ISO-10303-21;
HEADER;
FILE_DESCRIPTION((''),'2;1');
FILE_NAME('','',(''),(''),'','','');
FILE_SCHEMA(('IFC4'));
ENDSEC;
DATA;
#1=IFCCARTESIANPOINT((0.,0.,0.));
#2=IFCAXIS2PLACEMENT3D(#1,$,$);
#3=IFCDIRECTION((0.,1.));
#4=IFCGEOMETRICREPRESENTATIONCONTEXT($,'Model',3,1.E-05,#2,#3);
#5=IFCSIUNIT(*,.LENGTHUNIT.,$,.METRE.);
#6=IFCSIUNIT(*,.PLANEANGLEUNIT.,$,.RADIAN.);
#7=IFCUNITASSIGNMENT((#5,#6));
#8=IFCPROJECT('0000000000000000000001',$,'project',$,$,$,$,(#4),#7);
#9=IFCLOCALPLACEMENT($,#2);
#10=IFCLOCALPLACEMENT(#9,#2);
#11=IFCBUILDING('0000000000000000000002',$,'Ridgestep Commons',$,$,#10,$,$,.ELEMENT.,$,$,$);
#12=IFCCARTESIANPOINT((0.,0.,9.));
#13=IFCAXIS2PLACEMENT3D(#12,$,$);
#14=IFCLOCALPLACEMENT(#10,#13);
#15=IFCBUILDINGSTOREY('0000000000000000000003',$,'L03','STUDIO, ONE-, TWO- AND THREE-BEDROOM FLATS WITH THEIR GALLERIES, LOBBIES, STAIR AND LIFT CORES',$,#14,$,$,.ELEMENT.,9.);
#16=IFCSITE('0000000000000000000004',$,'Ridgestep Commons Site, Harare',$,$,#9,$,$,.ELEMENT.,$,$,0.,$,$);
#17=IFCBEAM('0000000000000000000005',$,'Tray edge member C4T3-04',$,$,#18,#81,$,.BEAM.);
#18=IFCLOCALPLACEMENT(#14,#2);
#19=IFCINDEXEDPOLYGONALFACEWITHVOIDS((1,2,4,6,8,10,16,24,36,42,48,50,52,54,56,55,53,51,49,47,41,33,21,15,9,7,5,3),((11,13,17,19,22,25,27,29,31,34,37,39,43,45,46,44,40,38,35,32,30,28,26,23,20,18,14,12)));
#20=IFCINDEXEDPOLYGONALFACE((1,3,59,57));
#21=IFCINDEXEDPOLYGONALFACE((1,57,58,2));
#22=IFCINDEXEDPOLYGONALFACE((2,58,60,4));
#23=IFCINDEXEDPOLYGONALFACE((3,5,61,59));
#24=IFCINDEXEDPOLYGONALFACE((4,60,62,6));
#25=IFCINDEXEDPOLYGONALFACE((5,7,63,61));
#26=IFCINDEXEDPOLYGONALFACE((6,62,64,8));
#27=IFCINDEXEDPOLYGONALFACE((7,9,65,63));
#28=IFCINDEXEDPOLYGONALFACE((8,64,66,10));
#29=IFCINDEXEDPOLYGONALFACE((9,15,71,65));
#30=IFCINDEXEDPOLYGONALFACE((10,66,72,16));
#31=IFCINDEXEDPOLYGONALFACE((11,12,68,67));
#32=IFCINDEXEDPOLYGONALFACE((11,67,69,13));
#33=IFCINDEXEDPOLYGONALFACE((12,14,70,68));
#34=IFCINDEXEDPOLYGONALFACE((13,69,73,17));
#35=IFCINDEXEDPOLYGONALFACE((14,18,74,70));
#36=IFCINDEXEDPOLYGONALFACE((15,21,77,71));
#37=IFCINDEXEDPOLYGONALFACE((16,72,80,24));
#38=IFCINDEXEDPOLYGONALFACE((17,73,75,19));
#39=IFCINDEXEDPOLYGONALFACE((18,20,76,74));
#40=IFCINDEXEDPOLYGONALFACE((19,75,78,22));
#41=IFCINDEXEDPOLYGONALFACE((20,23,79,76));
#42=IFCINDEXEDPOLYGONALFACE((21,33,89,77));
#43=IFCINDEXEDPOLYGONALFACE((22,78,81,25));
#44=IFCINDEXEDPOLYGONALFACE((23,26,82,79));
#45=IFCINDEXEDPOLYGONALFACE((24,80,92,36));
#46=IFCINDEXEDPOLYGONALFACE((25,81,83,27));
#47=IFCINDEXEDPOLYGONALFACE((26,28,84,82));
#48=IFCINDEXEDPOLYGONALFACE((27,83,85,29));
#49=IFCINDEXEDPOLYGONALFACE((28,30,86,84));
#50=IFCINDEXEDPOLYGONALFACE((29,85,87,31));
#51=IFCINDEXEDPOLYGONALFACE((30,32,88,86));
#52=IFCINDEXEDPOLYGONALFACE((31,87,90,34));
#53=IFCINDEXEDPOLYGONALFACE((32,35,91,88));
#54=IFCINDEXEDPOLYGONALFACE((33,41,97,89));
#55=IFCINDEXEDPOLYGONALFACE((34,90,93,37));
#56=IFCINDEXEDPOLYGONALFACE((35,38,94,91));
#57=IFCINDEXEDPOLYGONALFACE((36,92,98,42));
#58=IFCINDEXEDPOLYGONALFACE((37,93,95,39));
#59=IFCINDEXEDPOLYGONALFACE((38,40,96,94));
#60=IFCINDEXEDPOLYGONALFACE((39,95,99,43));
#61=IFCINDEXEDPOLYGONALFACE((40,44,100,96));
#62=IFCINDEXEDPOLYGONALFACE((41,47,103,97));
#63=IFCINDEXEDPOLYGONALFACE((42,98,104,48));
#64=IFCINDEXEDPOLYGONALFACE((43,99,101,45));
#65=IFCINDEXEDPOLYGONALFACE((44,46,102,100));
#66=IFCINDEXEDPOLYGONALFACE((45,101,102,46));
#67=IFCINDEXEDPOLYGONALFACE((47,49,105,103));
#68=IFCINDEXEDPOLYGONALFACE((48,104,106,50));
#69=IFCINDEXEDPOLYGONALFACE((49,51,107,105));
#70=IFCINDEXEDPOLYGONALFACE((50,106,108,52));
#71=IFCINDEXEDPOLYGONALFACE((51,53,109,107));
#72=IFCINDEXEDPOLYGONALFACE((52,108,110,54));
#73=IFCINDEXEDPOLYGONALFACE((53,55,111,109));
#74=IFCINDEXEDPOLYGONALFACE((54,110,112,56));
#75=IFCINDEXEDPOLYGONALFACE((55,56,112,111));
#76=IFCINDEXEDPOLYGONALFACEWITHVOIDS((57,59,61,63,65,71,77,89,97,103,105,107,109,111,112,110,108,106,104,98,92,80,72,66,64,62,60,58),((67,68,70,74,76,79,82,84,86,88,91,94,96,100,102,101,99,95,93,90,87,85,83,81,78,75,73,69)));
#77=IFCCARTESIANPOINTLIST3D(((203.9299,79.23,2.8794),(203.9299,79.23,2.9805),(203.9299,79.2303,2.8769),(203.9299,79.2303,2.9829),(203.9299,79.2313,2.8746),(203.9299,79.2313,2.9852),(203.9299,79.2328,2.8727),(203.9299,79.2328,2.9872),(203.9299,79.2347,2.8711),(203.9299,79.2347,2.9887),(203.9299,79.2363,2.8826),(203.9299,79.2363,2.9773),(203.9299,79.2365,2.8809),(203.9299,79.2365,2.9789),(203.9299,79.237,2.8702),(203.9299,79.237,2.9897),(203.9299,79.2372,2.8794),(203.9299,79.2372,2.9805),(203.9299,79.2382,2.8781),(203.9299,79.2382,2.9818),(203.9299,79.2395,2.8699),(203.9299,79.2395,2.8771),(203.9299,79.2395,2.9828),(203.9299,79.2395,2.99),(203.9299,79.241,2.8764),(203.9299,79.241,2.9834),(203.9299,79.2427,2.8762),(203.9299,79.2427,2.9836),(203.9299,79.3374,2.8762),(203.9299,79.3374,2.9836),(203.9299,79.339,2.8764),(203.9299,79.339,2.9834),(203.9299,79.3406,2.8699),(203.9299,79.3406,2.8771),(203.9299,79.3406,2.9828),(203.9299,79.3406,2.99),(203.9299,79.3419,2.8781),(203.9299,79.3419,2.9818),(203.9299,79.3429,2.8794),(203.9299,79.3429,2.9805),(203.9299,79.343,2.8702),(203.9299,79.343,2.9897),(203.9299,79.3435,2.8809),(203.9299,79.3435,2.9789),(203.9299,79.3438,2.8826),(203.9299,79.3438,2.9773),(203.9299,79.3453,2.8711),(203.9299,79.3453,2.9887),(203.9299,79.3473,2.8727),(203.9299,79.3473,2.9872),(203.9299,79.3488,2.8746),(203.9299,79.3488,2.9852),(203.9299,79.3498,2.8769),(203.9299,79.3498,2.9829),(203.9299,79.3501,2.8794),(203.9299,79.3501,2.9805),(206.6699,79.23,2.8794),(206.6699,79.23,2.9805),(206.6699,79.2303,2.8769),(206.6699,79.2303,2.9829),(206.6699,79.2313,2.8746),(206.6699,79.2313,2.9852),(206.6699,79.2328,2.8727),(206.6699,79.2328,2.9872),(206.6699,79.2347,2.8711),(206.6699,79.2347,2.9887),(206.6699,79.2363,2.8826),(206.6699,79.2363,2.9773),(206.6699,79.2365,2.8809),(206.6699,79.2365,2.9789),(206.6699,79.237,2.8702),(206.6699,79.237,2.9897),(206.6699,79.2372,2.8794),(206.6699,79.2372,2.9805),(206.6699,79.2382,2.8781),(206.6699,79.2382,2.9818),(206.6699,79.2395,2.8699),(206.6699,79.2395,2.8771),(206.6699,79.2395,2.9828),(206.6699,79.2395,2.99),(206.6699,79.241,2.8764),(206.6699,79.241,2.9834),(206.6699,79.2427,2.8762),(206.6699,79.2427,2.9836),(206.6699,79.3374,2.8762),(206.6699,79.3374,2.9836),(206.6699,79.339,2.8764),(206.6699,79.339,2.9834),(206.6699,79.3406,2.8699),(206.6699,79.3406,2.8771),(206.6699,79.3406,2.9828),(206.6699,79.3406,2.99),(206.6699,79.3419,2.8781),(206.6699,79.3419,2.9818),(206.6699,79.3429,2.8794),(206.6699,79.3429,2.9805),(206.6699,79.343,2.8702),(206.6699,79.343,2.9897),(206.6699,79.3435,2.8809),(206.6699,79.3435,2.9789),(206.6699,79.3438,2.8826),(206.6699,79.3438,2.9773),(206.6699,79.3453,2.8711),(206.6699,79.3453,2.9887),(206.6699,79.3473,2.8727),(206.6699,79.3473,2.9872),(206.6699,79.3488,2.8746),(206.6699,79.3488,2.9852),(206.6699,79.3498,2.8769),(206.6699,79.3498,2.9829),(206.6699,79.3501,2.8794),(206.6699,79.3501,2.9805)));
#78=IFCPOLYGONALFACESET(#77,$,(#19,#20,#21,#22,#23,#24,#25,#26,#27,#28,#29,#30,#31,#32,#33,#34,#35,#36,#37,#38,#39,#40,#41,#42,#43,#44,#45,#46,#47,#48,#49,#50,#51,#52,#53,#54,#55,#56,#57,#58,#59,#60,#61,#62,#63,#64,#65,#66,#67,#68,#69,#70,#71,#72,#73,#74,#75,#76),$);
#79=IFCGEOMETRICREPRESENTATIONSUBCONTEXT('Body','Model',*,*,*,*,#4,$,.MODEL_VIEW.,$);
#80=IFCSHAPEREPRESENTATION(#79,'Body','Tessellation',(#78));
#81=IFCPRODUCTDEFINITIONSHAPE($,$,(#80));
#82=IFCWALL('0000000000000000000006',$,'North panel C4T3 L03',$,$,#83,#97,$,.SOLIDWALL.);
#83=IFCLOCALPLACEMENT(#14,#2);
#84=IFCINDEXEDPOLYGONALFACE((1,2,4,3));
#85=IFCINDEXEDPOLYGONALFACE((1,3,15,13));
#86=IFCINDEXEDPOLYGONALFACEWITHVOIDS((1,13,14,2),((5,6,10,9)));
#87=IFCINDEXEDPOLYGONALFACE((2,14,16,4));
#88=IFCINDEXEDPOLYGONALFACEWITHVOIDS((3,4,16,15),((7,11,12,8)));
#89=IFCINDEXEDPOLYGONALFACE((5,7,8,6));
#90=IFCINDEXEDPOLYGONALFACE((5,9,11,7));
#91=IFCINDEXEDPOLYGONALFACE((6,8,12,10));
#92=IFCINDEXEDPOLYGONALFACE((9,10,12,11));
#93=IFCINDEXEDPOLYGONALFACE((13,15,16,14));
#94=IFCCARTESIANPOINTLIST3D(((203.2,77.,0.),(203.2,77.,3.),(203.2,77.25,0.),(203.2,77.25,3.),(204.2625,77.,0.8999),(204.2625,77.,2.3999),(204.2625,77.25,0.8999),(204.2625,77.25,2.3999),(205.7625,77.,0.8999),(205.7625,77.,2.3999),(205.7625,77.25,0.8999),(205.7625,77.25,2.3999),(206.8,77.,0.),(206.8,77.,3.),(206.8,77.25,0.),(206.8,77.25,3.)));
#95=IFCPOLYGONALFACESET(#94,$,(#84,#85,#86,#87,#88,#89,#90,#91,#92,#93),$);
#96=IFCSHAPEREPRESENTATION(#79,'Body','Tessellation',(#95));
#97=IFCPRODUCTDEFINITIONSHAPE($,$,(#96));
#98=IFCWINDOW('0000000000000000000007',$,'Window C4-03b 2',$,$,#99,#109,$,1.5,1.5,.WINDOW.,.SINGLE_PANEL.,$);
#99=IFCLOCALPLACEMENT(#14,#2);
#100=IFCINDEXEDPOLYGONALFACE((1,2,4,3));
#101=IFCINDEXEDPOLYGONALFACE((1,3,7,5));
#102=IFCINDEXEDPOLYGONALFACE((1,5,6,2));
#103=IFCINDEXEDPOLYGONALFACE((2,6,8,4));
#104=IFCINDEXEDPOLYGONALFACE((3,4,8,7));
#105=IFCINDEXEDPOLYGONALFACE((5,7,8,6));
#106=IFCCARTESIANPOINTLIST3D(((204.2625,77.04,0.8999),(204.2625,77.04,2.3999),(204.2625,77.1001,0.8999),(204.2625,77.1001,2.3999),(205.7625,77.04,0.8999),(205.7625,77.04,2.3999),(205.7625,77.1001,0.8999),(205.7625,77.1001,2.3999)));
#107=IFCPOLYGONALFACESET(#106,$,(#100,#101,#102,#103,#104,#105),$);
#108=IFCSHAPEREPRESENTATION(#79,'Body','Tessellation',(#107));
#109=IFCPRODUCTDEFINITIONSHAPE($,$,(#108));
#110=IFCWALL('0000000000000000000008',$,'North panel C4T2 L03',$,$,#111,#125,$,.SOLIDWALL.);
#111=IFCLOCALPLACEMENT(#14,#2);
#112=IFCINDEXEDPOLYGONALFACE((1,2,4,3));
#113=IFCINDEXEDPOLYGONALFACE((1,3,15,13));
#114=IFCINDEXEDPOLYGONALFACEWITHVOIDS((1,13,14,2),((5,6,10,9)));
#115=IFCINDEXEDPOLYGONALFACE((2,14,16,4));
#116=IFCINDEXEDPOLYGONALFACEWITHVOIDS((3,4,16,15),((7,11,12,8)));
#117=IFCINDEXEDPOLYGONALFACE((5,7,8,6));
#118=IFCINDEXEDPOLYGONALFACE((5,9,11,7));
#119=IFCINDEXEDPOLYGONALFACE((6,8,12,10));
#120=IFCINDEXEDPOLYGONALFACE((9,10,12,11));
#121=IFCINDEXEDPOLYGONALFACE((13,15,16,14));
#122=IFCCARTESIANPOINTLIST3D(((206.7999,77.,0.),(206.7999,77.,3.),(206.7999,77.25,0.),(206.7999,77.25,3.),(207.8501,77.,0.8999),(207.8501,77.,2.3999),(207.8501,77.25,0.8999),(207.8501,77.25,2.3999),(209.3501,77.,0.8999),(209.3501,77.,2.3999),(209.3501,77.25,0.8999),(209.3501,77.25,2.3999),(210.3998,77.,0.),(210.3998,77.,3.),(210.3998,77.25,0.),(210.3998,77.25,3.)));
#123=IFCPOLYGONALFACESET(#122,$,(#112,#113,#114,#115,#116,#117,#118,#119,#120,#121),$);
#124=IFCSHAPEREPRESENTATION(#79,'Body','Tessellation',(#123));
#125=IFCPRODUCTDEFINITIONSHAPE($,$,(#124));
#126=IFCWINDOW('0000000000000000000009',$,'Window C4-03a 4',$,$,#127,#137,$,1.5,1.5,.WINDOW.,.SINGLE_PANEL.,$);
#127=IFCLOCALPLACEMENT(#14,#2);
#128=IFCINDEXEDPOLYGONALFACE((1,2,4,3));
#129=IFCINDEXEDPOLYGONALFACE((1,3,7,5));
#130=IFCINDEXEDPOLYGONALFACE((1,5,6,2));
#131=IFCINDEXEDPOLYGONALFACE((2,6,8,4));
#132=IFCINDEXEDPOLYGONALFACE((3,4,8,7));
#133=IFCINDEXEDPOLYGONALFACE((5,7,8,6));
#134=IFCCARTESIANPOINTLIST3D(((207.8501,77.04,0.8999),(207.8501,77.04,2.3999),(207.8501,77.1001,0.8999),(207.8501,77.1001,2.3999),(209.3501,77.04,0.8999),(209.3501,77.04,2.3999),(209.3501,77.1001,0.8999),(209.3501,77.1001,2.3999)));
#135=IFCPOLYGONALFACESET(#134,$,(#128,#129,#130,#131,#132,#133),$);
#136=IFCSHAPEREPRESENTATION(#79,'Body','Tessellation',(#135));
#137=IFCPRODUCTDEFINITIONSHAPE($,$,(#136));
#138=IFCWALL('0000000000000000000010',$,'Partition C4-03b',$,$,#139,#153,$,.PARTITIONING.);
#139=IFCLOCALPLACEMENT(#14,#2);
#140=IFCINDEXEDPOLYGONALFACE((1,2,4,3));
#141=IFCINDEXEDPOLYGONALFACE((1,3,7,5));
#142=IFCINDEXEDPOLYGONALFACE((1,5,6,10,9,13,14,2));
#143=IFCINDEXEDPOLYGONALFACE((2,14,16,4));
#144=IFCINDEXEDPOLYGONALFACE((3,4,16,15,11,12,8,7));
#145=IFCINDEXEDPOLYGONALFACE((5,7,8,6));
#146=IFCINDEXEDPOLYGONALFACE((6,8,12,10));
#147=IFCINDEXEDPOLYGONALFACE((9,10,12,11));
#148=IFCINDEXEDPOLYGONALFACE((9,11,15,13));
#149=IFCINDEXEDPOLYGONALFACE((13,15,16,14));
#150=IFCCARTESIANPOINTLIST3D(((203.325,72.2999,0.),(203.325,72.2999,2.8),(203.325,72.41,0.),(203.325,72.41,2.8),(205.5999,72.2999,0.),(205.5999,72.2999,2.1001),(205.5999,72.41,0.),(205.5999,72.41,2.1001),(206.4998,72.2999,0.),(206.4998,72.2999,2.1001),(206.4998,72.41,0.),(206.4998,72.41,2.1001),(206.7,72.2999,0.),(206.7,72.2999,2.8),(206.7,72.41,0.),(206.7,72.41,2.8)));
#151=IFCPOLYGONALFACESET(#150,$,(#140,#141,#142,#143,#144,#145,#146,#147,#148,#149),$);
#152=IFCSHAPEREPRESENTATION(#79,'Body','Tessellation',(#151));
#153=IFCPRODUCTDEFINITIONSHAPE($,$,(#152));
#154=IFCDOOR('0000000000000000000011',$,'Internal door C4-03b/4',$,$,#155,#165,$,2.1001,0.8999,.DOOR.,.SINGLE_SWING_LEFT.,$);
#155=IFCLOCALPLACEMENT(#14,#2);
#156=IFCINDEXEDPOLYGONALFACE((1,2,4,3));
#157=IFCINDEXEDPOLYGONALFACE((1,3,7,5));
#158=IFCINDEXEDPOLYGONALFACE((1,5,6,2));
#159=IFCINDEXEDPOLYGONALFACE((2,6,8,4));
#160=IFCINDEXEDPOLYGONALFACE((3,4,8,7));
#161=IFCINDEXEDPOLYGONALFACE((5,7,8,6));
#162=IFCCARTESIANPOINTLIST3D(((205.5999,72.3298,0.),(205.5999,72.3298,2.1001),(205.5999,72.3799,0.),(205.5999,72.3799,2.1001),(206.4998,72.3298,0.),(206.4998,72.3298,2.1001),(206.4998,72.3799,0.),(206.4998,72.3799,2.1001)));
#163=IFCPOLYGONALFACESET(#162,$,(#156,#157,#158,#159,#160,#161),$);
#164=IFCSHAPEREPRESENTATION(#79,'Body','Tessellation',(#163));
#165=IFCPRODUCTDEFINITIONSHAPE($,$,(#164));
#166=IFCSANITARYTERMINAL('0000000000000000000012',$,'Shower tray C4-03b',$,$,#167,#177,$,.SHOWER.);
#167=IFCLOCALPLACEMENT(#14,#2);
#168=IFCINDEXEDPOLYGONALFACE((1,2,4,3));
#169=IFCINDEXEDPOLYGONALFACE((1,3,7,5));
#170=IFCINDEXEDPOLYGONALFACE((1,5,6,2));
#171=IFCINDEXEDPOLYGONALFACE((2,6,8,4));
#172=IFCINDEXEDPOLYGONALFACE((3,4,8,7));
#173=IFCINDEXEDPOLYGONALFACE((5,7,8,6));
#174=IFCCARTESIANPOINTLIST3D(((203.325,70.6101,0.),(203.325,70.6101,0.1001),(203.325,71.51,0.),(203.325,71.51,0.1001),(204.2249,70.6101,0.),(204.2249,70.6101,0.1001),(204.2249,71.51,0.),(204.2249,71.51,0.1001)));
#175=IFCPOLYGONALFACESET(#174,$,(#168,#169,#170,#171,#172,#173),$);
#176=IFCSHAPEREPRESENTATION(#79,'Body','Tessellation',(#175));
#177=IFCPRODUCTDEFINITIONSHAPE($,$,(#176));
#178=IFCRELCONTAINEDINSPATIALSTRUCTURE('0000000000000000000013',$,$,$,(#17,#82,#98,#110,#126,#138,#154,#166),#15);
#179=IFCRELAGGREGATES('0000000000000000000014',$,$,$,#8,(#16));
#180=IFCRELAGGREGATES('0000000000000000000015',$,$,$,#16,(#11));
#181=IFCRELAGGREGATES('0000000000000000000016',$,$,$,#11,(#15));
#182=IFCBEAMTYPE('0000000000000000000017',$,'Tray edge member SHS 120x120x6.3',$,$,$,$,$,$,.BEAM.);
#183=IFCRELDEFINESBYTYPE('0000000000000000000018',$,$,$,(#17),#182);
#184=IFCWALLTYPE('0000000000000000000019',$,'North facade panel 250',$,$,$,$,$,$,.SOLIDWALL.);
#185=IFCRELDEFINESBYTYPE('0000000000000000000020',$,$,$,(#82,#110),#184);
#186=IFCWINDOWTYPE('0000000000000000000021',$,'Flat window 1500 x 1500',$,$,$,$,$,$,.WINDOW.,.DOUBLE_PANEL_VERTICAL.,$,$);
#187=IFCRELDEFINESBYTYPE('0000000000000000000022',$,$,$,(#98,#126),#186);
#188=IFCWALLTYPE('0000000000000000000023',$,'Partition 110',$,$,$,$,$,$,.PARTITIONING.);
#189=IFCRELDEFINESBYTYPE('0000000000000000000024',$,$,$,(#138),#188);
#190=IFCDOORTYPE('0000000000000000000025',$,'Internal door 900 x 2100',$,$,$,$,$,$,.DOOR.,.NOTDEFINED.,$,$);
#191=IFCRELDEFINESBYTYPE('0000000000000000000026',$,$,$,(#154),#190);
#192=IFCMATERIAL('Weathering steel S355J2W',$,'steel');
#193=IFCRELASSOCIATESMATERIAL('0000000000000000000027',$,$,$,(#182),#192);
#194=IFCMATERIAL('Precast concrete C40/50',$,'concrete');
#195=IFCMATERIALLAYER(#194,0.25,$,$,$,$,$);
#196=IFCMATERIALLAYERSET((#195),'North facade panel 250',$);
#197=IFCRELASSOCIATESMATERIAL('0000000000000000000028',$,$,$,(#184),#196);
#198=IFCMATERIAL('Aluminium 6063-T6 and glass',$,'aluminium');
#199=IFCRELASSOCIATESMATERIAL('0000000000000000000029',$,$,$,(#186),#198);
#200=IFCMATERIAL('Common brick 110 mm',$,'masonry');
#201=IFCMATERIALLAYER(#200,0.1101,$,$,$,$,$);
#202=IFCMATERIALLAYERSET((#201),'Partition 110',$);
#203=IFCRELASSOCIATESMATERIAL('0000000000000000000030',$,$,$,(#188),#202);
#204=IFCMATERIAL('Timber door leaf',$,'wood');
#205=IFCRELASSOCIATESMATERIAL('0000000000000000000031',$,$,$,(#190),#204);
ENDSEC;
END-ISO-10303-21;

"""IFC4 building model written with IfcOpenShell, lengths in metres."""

from ifc_helpers import new_model, si_unit, direction, frame, frame_2d, origin, origin_2d, place, context, subcontext, project, spatial, rectangle, hollow_rectangle, extrude, material, layer, layer_set, material_profile, profile_set, type_object, element, fill, save


model = new_model("IFC4")

# Units and contexts
model_context = context("Model", 3, precision=1e-05, world=origin(), true_north=direction((0.0, 1.0)))
body_context = subcontext(model_context, "Body", "Model", "MODEL_VIEW")
ifc_project = project(units=[si_unit("LENGTHUNIT", "METRE"), si_unit("PLANEANGLEUNIT", "RADIAN")], contexts=[model_context])

# Site, building, storey
site_placement = place(None, origin())
site = spatial("IfcSite", under=ifc_project, at=site_placement, Name="Ridgestep Commons Site, Harare", CompositionType="ELEMENT", RefElevation=0.0)
building_placement = place(site_placement, origin())
building = spatial("IfcBuilding", under=site, at=building_placement, Name="Ridgestep Commons", CompositionType="ELEMENT")
storey_placement = place(building_placement, frame((0.0, 0.0, 9.0)))
storey = spatial("IfcBuildingStorey", under=building, at=storey_placement, Name="L03", Description="STUDIO, ONE-, TWO- AND THREE-BEDROOM FLATS WITH THEIR GALLERIES, LOBBIES, STAIR AND LIFT CORES", CompositionType="ELEMENT", Elevation=9.0)

# Beam
ifc_material_1 = material(Name="Weathering steel S355J2W", Category="steel")
ifc_material_profile_1 = material_profile(ifc_material_1, hollow_rectangle(XDim=0.1201, YDim=0.1201, WallThickness=0.0063, InnerFilletRadius=0.0063, OuterFilletRadius=0.0095, at=origin_2d()), Name="SHS 120x120x6.3")
ifc_profile_set_1 = profile_set([ifc_material_profile_1], Name="Weathering steel S355J2W")
beam_type_1 = type_object("IfcBeamType", Name="Tray edge member SHS 120x120x6.3", PredefinedType="BEAM", material=ifc_profile_set_1)
beam_placement = place(storey_placement, frame((203.9299, 79.29, 2.9299), z_axis=(1.0, 0.0, 0.0), x_axis=(0.0, 0.0, 1.0)))
element("IfcBeam", 1, at=beam_placement, inside=storey, type_object=beam_type_1, Name="Tray edge member C4T3-04", PredefinedType="BEAM", context=body_context, shape_type="SweptSolid", body=[
    extrude(hollow_rectangle(XDim=0.1201, YDim=0.1201, WallThickness=0.0063, InnerFilletRadius=0.0063, OuterFilletRadius=0.0095, at=origin_2d()), origin(), (0.0, 0.0, 1.0), 2.74),
])

# Walls, openings, windows
ifc_material_2 = material(Name="Precast concrete C40/50", Category="concrete")
ifc_layer_1 = layer(ifc_material_2, 0.25)
ifc_layer_set_1 = layer_set([ifc_layer_1], Name="North facade panel 250")
wall_type_1 = type_object("IfcWallType", Name="North facade panel 250", PredefinedType="SOLIDWALL", material=ifc_layer_set_1)
wall_1_placement = place(storey_placement, frame((203.2, 77.125, 0.0), z_axis=(0.0, 0.0, 1.0), x_axis=(1.0, 0.0, 0.0)))
wall_1 = element("IfcWall", 2, at=wall_1_placement, inside=storey, type_object=wall_type_1, Name="North panel C4T3 L03", PredefinedType="SOLIDWALL", context=body_context, shape_type="SweptSolid", body=[
    extrude(rectangle(XDim=3.6001, YDim=0.25, at=frame_2d((1.8, 0.0))), origin(), (0.0, 0.0, 1.0), 3.0),
])
opening_1_placement = place(wall_1_placement, frame((1.0625, 0.0, 0.8999)))
opening_1 = element("IfcOpeningElement", 3, at=opening_1_placement, cuts=wall_1, PredefinedType="OPENING", context=body_context, shape_type="SweptSolid", body=[
    extrude(rectangle(XDim=1.5, YDim=1.5, at=frame_2d((0.75, 0.75))), frame((0.0, 0.135, 0.0), z_axis=(0.0, -1.0, 0.0), x_axis=(1.0, 0.0, 0.0)), (0.0, 0.0, 1.0), 0.27),
])
ifc_material_3 = material(Name="Aluminium 6063-T6 and glass", Category="aluminium")
window_type = type_object("IfcWindowType", Name="Flat window 1500 x 1500", PartitioningType="DOUBLE_PANEL_VERTICAL", PredefinedType="WINDOW", material=ifc_material_3)
window_1_placement = place(opening_1_placement, origin())
window_1 = element("IfcWindow", 4, at=window_1_placement, inside=storey, type_object=window_type, Name="Window C4-03b 2", OverallHeight=1.5, OverallWidth=1.5, PartitioningType="SINGLE_PANEL", PredefinedType="WINDOW", context=body_context, shape_type="SweptSolid", body=[
    extrude(rectangle(XDim=1.5, YDim=1.5, at=frame_2d((0.75, 0.75))), frame((0.0, -0.0249, 0.0), z_axis=(0.0, -1.0, 0.0), x_axis=(1.0, 0.0, 0.0)), (0.0, 0.0, 1.0), 0.0601),
])
fill(opening_1, window_1)
wall_2_placement = place(storey_placement, frame((206.8, 77.125, 0.0), z_axis=(0.0, 0.0, 1.0), x_axis=(1.0, 0.0, 0.0)))
wall_2 = element("IfcWall", 5, at=wall_2_placement, inside=storey, type_object=wall_type_1, Name="North panel C4T2 L03", PredefinedType="SOLIDWALL", context=body_context, shape_type="SweptSolid", body=[
    extrude(rectangle(XDim=3.5999, YDim=0.25, at=frame_2d((1.7998, 0.0))), origin(), (0.0, 0.0, 1.0), 3.0),
])
opening_2_placement = place(wall_2_placement, frame((1.05, 0.0, 0.8999)))
opening_2 = element("IfcOpeningElement", 6, at=opening_2_placement, cuts=wall_2, PredefinedType="OPENING", context=body_context, shape_type="SweptSolid", body=[
    extrude(rectangle(XDim=1.5, YDim=1.5, at=frame_2d((0.75, 0.75))), frame((0.0, 0.135, 0.0), z_axis=(0.0, -1.0, 0.0), x_axis=(1.0, 0.0, 0.0)), (0.0, 0.0, 1.0), 0.27),
])
window_2_placement = place(opening_2_placement, origin())
window_2 = element("IfcWindow", 7, at=window_2_placement, inside=storey, type_object=window_type, Name="Window C4-03a 4", OverallHeight=1.5, OverallWidth=1.5, PartitioningType="SINGLE_PANEL", PredefinedType="WINDOW", context=body_context, shape_type="SweptSolid", body=[
    extrude(rectangle(XDim=1.5, YDim=1.5, at=frame_2d((0.75, 0.75))), frame((0.0, -0.0249, 0.0), z_axis=(0.0, -1.0, 0.0), x_axis=(1.0, 0.0, 0.0)), (0.0, 0.0, 1.0), 0.0601),
])
fill(opening_2, window_2)

# Wall, opening, door
ifc_material_4 = material(Name="Common brick 110 mm", Category="masonry")
ifc_layer_2 = layer(ifc_material_4, 0.1101)
ifc_layer_set_2 = layer_set([ifc_layer_2], Name="Partition 110")
wall_type_2 = type_object("IfcWallType", Name="Partition 110", PredefinedType="PARTITIONING", material=ifc_layer_set_2)
wall_3_placement = place(storey_placement, frame((203.325, 72.355, 0.0), z_axis=(0.0, 0.0, 1.0), x_axis=(1.0, 0.0, 0.0)))
wall_3 = element("IfcWall", 8, at=wall_3_placement, inside=storey, type_object=wall_type_2, Name="Partition C4-03b", PredefinedType="PARTITIONING", context=body_context, shape_type="SweptSolid", body=[
    extrude(rectangle(XDim=3.375, YDim=0.1101, at=frame_2d((1.6875, 0.0))), origin(), (0.0, 0.0, 1.0), 2.8),
])
opening_3_placement = place(wall_3_placement, frame((2.2749, 0.0, 0.0)))
opening_3 = element("IfcOpeningElement", 9, at=opening_3_placement, cuts=wall_3, PredefinedType="OPENING", context=body_context, shape_type="SweptSolid", body=[
    extrude(rectangle(XDim=0.8999, YDim=2.1001, at=frame_2d((0.45, 1.05))), frame((0.0, 0.0649, 0.0), z_axis=(0.0, -1.0, 0.0), x_axis=(1.0, 0.0, 0.0)), (0.0, 0.0, 1.0), 0.1301),
])
ifc_material_5 = material(Name="Timber door leaf", Category="wood")
door_type = type_object("IfcDoorType", Name="Internal door 900 x 2100", OperationType="NOTDEFINED", PredefinedType="DOOR", material=ifc_material_5)
door_placement = place(opening_3_placement, origin())
door = element("IfcDoor", 10, at=door_placement, inside=storey, type_object=door_type, Name="Internal door C4-03b/4", OperationType="SINGLE_SWING_LEFT", OverallHeight=2.1001, OverallWidth=0.8999, PredefinedType="DOOR", context=body_context, shape_type="SweptSolid", body=[
    extrude(rectangle(XDim=0.8999, YDim=2.1001, at=frame_2d((0.45, 1.05))), frame((0.0, 0.0249, 0.0), z_axis=(0.0, -1.0, 0.0), x_axis=(1.0, 0.0, 0.0)), (0.0, 0.0, 1.0), 0.05),
])
fill(opening_3, door)

# Sanitary terminal
sanitary_terminal_1_placement = place(storey_placement, frame((203.7749, 71.0601, 0.0), z_axis=(0.0, 0.0, 1.0), x_axis=(1.0, 0.0, 0.0)))
element("IfcSanitaryTerminal", 11, at=sanitary_terminal_1_placement, inside=storey, Name="Shower tray C4-03b", PredefinedType="SHOWER", context=body_context, shape_type="SweptSolid", body=[
    extrude(rectangle(XDim=0.8999, YDim=0.8999, at=origin_2d()), origin(), (0.0, 0.0, 1.0), 0.1001),
])

save(model, "model.ifc")
